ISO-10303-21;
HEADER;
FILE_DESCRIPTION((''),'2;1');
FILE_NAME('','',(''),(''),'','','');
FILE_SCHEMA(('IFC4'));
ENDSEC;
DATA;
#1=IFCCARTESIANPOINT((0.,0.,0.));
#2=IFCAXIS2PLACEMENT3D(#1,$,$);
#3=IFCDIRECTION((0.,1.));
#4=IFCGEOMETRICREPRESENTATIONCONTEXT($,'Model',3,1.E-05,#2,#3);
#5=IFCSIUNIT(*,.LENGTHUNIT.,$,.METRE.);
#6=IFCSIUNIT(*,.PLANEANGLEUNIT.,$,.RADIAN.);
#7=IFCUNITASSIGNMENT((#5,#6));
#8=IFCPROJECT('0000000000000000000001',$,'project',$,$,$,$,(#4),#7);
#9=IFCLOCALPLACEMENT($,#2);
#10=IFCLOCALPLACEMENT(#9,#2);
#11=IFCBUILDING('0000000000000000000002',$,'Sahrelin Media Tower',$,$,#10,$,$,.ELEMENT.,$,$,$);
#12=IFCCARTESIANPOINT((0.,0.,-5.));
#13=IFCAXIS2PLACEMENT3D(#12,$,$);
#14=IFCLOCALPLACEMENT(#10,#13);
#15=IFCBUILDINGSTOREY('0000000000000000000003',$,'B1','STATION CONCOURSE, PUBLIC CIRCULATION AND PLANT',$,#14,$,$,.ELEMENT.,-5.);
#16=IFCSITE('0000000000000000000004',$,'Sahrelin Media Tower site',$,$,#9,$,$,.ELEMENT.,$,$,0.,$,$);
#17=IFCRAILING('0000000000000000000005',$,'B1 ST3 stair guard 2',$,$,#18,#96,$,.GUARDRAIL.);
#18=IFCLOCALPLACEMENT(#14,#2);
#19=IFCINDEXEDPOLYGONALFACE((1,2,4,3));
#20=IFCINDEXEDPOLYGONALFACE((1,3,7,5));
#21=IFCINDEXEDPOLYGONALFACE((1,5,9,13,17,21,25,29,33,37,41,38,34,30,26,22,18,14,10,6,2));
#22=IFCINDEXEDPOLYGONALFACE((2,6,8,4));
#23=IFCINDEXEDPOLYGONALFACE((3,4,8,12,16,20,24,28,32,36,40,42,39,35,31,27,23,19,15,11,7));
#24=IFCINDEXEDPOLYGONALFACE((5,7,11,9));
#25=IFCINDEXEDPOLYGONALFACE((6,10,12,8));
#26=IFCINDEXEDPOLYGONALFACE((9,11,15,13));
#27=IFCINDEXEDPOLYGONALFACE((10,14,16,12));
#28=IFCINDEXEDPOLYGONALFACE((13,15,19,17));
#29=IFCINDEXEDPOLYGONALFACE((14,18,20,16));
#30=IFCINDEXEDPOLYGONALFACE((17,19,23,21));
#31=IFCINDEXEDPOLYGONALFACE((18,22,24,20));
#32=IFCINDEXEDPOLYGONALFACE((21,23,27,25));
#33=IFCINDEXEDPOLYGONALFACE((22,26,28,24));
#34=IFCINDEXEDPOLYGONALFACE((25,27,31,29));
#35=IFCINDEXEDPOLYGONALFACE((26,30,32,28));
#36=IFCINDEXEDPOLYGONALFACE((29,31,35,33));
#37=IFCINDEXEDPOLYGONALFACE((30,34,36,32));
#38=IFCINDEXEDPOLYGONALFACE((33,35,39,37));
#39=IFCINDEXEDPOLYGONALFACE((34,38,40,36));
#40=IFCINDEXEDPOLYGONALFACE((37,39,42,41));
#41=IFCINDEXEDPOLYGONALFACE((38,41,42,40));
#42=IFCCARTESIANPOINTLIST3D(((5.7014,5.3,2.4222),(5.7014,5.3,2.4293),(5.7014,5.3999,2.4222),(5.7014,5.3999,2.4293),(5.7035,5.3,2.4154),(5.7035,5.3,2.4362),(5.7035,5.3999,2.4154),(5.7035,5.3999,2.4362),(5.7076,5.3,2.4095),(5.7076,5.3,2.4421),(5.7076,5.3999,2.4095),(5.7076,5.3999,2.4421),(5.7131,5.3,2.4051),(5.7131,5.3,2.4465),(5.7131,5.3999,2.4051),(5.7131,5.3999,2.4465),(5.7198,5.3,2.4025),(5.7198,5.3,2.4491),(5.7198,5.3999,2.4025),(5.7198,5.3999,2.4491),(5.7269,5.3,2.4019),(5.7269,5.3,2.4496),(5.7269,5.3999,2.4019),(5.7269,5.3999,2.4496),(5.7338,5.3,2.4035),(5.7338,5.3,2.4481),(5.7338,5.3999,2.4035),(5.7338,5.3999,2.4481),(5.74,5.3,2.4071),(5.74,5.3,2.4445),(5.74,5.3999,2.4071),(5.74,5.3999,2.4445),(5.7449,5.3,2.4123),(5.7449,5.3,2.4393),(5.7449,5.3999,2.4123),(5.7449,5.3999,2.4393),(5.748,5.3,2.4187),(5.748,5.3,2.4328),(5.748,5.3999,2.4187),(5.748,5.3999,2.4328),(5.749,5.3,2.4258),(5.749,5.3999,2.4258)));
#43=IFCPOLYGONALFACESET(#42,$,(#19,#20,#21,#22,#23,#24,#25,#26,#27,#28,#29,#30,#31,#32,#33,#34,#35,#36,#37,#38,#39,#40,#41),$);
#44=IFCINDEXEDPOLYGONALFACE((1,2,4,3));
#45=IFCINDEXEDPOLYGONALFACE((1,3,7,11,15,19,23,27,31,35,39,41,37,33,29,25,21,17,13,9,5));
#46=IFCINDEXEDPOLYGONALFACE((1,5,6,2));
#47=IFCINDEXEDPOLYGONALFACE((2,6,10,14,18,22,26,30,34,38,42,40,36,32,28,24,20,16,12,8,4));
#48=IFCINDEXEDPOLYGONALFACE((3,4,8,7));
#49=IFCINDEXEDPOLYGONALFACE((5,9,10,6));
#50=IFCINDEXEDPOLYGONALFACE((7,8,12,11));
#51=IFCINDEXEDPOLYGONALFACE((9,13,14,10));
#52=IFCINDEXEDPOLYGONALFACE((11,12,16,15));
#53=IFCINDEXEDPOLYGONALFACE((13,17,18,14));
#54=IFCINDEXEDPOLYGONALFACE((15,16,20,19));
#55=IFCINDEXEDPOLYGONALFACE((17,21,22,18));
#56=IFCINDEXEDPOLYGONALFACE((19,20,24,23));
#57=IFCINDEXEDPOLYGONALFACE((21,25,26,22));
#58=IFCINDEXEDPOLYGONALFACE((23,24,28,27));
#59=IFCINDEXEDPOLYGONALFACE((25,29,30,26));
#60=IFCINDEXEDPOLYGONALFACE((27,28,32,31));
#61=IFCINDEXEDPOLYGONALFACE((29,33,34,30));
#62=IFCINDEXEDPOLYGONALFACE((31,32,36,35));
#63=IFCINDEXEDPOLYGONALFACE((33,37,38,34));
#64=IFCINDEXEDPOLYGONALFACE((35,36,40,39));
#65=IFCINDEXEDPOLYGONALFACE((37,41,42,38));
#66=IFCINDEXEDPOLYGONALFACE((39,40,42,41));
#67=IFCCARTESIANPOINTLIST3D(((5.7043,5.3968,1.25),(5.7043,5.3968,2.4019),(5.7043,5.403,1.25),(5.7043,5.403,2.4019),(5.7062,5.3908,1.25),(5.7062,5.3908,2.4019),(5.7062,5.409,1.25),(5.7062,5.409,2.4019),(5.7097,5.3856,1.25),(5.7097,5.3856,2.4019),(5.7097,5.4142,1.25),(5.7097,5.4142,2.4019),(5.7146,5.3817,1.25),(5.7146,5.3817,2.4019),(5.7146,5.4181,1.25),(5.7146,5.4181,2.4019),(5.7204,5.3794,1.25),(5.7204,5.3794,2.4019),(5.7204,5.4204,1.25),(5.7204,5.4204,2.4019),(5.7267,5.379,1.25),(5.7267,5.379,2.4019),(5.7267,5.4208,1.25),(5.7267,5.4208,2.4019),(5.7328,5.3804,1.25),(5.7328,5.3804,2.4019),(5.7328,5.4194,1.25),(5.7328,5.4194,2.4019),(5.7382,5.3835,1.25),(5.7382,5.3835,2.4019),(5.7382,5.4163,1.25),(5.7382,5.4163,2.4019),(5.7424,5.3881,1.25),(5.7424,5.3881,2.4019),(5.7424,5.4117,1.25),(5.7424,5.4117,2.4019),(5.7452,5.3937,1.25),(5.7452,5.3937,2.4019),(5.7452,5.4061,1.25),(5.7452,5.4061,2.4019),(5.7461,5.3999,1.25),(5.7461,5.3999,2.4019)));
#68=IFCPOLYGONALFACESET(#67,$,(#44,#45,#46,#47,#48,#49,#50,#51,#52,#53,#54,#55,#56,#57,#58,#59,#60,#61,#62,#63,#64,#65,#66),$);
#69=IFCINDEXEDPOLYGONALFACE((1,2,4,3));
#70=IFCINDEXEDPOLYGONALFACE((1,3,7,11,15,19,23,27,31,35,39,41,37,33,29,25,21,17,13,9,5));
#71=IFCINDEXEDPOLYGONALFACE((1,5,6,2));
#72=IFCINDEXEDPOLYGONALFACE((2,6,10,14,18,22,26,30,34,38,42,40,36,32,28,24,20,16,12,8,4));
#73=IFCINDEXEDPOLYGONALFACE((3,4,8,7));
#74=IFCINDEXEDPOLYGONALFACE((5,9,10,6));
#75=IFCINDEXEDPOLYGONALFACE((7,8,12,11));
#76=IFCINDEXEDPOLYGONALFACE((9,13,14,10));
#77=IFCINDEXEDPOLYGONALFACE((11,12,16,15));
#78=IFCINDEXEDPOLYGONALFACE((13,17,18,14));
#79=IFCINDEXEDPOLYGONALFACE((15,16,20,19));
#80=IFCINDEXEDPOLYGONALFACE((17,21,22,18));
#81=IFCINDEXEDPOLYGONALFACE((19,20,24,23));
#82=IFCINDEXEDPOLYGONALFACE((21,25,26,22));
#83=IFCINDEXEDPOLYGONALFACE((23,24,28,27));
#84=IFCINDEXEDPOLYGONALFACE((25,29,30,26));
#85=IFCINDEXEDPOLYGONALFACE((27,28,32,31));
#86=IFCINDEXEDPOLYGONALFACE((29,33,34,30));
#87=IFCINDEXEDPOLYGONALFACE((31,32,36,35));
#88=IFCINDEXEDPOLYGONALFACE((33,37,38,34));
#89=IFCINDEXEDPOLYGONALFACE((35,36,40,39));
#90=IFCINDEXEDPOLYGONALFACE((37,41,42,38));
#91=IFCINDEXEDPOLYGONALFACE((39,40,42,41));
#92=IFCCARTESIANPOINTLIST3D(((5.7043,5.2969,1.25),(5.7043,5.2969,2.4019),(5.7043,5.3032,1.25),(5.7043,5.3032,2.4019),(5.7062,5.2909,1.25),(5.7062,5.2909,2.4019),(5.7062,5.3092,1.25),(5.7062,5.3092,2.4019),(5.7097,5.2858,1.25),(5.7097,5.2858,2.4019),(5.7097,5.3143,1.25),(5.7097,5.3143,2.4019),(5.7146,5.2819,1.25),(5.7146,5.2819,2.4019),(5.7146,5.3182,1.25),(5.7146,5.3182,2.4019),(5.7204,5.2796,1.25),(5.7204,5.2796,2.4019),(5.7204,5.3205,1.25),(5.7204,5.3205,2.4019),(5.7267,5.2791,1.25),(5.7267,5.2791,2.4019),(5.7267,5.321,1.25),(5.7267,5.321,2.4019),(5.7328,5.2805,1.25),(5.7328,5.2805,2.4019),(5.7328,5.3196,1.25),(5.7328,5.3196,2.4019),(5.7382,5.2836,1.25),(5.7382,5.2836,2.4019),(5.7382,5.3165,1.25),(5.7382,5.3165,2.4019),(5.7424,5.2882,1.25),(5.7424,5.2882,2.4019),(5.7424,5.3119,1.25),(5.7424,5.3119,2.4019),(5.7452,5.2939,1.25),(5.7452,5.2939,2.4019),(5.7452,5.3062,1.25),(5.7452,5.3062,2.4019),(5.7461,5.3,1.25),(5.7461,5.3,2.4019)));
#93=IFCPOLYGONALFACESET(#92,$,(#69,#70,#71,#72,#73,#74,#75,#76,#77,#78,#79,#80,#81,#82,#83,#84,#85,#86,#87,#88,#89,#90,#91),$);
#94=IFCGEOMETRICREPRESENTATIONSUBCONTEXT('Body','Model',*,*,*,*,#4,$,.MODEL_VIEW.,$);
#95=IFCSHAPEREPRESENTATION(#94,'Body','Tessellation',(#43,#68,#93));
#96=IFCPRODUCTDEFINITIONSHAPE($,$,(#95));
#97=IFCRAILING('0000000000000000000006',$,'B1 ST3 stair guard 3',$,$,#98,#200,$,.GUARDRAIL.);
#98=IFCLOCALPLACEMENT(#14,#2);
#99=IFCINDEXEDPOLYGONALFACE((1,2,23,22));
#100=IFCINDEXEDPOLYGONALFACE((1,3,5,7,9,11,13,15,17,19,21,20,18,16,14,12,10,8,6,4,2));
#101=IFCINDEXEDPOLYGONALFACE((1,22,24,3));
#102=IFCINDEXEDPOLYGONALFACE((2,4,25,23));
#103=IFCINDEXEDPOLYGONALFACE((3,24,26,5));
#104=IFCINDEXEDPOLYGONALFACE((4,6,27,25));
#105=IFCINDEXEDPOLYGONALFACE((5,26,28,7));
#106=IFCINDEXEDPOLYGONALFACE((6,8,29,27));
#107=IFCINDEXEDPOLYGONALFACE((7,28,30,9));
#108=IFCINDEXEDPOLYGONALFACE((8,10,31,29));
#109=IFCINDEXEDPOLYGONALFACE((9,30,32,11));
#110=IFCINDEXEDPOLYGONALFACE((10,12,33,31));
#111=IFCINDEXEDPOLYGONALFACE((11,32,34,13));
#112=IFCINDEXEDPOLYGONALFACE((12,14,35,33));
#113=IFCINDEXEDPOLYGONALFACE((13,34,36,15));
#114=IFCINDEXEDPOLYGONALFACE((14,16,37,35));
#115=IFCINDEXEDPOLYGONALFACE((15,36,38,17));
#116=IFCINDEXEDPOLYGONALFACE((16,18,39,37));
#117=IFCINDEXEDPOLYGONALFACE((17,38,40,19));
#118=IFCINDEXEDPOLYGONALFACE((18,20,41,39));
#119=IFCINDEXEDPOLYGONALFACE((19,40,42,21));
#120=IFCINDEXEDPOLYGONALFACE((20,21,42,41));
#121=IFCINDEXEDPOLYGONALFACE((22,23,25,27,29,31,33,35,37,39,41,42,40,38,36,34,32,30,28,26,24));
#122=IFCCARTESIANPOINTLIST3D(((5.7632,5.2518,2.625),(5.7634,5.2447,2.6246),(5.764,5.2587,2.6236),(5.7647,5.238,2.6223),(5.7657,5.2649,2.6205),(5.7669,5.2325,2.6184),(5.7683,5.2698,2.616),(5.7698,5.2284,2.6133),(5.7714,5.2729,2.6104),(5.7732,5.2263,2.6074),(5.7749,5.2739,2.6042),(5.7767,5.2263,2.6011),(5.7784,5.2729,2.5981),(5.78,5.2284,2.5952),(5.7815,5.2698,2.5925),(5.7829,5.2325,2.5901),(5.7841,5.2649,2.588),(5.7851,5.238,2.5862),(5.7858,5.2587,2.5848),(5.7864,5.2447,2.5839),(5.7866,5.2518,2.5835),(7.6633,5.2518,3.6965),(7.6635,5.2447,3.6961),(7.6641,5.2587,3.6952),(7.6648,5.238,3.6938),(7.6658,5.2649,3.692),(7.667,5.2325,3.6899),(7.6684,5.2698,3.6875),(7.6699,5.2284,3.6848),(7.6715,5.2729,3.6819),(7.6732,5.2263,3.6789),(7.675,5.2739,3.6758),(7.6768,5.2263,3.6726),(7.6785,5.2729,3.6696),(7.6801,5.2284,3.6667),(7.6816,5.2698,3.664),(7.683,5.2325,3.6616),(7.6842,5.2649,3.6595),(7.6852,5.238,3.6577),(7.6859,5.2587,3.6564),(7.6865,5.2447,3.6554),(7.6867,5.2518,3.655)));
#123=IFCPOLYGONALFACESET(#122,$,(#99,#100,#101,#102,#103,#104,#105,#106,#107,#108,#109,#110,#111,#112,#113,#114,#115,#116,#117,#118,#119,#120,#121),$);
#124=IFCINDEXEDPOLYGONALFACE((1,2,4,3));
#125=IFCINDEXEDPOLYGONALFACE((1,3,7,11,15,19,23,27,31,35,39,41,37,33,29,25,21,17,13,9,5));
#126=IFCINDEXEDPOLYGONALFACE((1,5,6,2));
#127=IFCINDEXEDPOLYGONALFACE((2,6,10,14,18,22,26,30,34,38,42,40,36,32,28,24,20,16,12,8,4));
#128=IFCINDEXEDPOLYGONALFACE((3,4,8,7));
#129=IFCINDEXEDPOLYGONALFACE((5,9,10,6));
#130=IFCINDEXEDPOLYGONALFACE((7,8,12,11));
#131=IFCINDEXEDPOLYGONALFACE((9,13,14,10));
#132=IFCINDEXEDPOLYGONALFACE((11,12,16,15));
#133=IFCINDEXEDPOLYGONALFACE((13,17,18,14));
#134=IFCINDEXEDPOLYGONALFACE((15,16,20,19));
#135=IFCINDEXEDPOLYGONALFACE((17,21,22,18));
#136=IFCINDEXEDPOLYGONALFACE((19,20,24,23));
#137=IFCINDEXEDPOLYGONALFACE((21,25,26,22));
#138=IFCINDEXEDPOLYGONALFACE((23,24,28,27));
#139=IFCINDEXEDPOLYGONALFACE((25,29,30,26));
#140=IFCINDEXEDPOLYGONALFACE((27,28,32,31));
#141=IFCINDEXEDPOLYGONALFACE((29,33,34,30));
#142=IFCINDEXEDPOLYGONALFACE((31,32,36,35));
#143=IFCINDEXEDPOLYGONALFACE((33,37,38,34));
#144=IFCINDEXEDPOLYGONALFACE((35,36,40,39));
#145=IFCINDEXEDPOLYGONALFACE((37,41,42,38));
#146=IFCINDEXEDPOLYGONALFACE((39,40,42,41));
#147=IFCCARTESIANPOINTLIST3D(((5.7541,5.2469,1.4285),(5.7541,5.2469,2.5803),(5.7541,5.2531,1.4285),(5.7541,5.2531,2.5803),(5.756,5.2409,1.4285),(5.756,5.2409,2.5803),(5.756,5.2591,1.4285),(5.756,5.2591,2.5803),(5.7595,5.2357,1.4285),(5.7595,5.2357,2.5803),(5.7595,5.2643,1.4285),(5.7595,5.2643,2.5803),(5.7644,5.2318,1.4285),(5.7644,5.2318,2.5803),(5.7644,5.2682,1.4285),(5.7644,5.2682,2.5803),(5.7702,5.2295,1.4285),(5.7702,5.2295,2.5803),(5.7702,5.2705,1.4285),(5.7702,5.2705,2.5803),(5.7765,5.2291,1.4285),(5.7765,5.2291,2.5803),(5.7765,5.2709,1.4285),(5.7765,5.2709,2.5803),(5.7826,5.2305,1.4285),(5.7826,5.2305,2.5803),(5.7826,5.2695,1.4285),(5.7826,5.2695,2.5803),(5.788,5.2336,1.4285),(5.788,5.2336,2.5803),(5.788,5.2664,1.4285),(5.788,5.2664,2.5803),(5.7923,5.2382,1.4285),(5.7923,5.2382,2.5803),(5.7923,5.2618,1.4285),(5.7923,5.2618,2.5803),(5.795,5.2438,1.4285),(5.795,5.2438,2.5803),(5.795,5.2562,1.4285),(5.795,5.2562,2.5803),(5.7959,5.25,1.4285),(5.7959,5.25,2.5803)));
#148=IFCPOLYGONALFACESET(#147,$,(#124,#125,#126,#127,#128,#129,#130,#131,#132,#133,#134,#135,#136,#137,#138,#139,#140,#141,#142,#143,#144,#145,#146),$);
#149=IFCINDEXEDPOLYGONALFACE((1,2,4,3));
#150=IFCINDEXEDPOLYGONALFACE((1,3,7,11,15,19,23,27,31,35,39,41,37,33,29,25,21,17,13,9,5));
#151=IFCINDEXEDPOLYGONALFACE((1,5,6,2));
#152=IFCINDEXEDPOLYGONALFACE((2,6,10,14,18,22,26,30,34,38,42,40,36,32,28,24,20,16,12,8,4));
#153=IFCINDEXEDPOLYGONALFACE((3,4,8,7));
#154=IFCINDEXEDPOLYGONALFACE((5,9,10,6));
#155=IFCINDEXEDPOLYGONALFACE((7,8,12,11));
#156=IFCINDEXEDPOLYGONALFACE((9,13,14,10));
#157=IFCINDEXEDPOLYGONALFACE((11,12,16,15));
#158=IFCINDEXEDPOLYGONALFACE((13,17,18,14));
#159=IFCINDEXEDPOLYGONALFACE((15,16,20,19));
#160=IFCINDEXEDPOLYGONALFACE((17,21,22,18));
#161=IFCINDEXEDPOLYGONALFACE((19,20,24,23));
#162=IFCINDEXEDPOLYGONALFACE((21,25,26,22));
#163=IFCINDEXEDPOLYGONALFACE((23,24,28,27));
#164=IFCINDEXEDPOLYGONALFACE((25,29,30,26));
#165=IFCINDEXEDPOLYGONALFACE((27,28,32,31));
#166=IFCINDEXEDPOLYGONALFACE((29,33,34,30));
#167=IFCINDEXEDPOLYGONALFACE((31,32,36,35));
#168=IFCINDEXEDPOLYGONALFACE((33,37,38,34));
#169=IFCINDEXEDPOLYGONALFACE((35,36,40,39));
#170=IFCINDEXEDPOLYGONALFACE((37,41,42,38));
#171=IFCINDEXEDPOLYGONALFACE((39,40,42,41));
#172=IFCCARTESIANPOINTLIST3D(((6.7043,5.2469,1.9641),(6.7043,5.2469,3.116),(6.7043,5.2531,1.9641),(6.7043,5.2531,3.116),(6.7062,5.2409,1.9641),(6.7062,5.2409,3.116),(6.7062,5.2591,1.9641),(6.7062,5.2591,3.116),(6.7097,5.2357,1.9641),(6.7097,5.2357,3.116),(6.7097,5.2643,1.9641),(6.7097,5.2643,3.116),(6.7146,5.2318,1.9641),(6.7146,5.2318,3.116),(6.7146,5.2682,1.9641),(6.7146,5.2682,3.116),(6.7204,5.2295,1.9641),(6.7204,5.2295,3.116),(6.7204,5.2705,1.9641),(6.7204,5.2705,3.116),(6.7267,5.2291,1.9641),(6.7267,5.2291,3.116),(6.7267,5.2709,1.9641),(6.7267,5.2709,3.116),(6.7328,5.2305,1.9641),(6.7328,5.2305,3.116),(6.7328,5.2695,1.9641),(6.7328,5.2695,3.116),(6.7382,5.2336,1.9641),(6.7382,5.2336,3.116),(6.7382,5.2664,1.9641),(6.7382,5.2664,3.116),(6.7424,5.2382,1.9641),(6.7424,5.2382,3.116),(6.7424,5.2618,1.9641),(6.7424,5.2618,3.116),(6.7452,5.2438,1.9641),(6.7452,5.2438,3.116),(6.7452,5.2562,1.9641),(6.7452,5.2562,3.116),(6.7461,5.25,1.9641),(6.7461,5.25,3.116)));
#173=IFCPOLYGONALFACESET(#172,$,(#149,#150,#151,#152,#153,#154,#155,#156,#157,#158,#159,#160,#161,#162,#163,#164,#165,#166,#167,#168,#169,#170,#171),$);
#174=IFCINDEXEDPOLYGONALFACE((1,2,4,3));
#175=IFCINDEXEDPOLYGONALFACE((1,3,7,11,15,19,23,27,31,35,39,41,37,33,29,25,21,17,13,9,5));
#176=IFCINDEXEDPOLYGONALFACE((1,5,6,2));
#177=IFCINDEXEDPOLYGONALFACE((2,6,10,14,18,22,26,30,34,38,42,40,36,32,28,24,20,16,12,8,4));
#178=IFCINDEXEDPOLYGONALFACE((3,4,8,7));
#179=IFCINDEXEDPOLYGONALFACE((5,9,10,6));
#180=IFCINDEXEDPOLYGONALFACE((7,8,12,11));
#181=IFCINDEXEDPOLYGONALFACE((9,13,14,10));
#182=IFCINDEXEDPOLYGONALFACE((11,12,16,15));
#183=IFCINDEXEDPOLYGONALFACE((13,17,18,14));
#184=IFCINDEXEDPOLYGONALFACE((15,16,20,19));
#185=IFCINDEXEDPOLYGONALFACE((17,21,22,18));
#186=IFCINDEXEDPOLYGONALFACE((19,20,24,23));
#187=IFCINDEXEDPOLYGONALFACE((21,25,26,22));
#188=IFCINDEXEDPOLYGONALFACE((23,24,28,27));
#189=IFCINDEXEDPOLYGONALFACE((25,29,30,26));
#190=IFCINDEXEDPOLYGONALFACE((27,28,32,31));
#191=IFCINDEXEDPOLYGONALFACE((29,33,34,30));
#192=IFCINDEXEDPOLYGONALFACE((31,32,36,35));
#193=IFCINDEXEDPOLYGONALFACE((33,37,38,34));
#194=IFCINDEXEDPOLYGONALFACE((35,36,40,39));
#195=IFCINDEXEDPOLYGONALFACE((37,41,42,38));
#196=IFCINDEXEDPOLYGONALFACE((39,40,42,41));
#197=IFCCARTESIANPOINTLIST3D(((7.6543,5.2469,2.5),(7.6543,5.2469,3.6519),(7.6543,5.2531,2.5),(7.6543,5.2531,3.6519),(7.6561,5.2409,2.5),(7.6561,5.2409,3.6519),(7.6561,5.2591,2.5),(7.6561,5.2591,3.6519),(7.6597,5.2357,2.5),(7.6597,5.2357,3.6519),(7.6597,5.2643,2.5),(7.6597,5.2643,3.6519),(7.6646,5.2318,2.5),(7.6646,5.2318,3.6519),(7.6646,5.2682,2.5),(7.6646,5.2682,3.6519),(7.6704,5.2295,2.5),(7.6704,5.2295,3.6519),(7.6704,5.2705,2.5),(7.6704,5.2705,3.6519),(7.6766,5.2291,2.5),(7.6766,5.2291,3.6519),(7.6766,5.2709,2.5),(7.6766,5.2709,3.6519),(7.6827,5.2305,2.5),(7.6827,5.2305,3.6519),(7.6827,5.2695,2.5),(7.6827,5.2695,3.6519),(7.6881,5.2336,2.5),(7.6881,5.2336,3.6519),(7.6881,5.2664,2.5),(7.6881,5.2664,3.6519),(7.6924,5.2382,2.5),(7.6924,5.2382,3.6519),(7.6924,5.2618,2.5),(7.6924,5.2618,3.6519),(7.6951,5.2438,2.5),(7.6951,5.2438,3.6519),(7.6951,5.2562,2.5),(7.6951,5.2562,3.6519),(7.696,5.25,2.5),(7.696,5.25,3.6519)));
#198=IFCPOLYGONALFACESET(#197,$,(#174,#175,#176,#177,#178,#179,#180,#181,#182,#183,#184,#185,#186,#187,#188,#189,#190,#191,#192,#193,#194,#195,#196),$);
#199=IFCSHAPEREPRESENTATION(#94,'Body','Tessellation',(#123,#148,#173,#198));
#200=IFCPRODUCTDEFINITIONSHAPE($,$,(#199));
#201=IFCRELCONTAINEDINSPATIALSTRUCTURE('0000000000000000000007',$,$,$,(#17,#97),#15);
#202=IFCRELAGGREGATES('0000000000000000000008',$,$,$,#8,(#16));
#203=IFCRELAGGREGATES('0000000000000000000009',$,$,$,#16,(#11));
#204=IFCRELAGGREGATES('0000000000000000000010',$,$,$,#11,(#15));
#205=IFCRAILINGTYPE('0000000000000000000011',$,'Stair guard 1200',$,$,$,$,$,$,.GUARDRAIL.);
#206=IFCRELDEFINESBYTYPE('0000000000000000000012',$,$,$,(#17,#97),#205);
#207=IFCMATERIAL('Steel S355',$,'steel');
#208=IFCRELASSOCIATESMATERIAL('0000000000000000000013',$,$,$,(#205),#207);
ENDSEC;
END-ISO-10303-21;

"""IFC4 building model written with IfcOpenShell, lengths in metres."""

from ifc_helpers import new_model, si_unit, direction, frame, origin, origin_2d, place, context, subcontext, project, spatial, circle, extrude, material, type_object, element, save


model = new_model("IFC4")

# Units and contexts
model_context = context("Model", 3, precision=1e-05, world=origin(), true_north=direction((0.0, 1.0)))
body_context = subcontext(model_context, "Body", "Model", "MODEL_VIEW")
ifc_project = project(units=[si_unit("LENGTHUNIT", "METRE"), si_unit("PLANEANGLEUNIT", "RADIAN")], contexts=[model_context])

# Site, building, storey
site_placement = place(None, origin())
site = spatial("IfcSite", under=ifc_project, at=site_placement, Name="Sahrelin Media Tower site", CompositionType="ELEMENT", RefElevation=0.0)
building_placement = place(site_placement, origin())
building = spatial("IfcBuilding", under=site, at=building_placement, Name="Sahrelin Media Tower", CompositionType="ELEMENT")
storey_placement = place(building_placement, frame((0.0, 0.0, -5.0)))
storey = spatial("IfcBuildingStorey", under=building, at=storey_placement, Name="B1", Description="STATION CONCOURSE, PUBLIC CIRCULATION AND PLANT", CompositionType="ELEMENT", Elevation=-5.0)

# Railings
ifc_material_1 = material(Name="Steel S355", Category="steel")
railing_type_1 = type_object("IfcRailingType", Name="Stair guard 1200", PredefinedType="GUARDRAIL", material=ifc_material_1)
railing_1_placement = place(storey_placement, frame((5.7251, 5.3999, 1.25)))
element("IfcRailing", 1, at=railing_1_placement, inside=storey, type_object=railing_type_1, Name="B1 ST3 stair guard 2", PredefinedType="GUARDRAIL", context=body_context, shape_type="SweptSolid", body=[
    extrude(circle(Radius=0.0239, at=origin_2d()), frame((0.0, 0.0, 1.1758), z_axis=(0.0, -1.0, 0.0), x_axis=(1.0, 0.0, 0.0)), (0.0, 0.0, 1.0), 0.0999),
    extrude(circle(Radius=0.021, at=origin_2d()), origin(), (0.0, 0.0, 1.0), 1.1519),
    extrude(circle(Radius=0.021, at=origin_2d()), frame((0.0, -0.0999, 0.0)), (0.0, 0.0, 1.0), 1.1519),
])
railing_2_placement = place(storey_placement, frame((5.7749, 5.25, 1.4285)))
element("IfcRailing", 2, at=railing_2_placement, inside=storey, type_object=railing_type_1, Name="B1 ST3 stair guard 3", PredefinedType="GUARDRAIL", context=body_context, shape_type="SweptSolid", body=[
    extrude(circle(Radius=0.0239, at=origin_2d()), frame((0.0, 0.0, 1.1758), z_axis=(0.871046, 0.0, 0.491201), x_axis=(0.0, 1.0, 0.0)), (0.0, 0.0, 1.0), 2.1814),
    extrude(circle(Radius=0.021, at=origin_2d()), origin(), (0.0, 0.0, 1.0), 1.1519),
    extrude(circle(Radius=0.021, at=origin_2d()), frame((0.9502, 0.0, 0.5356)), (0.0, 0.0, 1.0), 1.1519),
    extrude(circle(Radius=0.021, at=origin_2d()), frame((1.9001, 0.0, 1.0715)), (0.0, 0.0, 1.0), 1.1519),
])

save(model, "model.ifc")
